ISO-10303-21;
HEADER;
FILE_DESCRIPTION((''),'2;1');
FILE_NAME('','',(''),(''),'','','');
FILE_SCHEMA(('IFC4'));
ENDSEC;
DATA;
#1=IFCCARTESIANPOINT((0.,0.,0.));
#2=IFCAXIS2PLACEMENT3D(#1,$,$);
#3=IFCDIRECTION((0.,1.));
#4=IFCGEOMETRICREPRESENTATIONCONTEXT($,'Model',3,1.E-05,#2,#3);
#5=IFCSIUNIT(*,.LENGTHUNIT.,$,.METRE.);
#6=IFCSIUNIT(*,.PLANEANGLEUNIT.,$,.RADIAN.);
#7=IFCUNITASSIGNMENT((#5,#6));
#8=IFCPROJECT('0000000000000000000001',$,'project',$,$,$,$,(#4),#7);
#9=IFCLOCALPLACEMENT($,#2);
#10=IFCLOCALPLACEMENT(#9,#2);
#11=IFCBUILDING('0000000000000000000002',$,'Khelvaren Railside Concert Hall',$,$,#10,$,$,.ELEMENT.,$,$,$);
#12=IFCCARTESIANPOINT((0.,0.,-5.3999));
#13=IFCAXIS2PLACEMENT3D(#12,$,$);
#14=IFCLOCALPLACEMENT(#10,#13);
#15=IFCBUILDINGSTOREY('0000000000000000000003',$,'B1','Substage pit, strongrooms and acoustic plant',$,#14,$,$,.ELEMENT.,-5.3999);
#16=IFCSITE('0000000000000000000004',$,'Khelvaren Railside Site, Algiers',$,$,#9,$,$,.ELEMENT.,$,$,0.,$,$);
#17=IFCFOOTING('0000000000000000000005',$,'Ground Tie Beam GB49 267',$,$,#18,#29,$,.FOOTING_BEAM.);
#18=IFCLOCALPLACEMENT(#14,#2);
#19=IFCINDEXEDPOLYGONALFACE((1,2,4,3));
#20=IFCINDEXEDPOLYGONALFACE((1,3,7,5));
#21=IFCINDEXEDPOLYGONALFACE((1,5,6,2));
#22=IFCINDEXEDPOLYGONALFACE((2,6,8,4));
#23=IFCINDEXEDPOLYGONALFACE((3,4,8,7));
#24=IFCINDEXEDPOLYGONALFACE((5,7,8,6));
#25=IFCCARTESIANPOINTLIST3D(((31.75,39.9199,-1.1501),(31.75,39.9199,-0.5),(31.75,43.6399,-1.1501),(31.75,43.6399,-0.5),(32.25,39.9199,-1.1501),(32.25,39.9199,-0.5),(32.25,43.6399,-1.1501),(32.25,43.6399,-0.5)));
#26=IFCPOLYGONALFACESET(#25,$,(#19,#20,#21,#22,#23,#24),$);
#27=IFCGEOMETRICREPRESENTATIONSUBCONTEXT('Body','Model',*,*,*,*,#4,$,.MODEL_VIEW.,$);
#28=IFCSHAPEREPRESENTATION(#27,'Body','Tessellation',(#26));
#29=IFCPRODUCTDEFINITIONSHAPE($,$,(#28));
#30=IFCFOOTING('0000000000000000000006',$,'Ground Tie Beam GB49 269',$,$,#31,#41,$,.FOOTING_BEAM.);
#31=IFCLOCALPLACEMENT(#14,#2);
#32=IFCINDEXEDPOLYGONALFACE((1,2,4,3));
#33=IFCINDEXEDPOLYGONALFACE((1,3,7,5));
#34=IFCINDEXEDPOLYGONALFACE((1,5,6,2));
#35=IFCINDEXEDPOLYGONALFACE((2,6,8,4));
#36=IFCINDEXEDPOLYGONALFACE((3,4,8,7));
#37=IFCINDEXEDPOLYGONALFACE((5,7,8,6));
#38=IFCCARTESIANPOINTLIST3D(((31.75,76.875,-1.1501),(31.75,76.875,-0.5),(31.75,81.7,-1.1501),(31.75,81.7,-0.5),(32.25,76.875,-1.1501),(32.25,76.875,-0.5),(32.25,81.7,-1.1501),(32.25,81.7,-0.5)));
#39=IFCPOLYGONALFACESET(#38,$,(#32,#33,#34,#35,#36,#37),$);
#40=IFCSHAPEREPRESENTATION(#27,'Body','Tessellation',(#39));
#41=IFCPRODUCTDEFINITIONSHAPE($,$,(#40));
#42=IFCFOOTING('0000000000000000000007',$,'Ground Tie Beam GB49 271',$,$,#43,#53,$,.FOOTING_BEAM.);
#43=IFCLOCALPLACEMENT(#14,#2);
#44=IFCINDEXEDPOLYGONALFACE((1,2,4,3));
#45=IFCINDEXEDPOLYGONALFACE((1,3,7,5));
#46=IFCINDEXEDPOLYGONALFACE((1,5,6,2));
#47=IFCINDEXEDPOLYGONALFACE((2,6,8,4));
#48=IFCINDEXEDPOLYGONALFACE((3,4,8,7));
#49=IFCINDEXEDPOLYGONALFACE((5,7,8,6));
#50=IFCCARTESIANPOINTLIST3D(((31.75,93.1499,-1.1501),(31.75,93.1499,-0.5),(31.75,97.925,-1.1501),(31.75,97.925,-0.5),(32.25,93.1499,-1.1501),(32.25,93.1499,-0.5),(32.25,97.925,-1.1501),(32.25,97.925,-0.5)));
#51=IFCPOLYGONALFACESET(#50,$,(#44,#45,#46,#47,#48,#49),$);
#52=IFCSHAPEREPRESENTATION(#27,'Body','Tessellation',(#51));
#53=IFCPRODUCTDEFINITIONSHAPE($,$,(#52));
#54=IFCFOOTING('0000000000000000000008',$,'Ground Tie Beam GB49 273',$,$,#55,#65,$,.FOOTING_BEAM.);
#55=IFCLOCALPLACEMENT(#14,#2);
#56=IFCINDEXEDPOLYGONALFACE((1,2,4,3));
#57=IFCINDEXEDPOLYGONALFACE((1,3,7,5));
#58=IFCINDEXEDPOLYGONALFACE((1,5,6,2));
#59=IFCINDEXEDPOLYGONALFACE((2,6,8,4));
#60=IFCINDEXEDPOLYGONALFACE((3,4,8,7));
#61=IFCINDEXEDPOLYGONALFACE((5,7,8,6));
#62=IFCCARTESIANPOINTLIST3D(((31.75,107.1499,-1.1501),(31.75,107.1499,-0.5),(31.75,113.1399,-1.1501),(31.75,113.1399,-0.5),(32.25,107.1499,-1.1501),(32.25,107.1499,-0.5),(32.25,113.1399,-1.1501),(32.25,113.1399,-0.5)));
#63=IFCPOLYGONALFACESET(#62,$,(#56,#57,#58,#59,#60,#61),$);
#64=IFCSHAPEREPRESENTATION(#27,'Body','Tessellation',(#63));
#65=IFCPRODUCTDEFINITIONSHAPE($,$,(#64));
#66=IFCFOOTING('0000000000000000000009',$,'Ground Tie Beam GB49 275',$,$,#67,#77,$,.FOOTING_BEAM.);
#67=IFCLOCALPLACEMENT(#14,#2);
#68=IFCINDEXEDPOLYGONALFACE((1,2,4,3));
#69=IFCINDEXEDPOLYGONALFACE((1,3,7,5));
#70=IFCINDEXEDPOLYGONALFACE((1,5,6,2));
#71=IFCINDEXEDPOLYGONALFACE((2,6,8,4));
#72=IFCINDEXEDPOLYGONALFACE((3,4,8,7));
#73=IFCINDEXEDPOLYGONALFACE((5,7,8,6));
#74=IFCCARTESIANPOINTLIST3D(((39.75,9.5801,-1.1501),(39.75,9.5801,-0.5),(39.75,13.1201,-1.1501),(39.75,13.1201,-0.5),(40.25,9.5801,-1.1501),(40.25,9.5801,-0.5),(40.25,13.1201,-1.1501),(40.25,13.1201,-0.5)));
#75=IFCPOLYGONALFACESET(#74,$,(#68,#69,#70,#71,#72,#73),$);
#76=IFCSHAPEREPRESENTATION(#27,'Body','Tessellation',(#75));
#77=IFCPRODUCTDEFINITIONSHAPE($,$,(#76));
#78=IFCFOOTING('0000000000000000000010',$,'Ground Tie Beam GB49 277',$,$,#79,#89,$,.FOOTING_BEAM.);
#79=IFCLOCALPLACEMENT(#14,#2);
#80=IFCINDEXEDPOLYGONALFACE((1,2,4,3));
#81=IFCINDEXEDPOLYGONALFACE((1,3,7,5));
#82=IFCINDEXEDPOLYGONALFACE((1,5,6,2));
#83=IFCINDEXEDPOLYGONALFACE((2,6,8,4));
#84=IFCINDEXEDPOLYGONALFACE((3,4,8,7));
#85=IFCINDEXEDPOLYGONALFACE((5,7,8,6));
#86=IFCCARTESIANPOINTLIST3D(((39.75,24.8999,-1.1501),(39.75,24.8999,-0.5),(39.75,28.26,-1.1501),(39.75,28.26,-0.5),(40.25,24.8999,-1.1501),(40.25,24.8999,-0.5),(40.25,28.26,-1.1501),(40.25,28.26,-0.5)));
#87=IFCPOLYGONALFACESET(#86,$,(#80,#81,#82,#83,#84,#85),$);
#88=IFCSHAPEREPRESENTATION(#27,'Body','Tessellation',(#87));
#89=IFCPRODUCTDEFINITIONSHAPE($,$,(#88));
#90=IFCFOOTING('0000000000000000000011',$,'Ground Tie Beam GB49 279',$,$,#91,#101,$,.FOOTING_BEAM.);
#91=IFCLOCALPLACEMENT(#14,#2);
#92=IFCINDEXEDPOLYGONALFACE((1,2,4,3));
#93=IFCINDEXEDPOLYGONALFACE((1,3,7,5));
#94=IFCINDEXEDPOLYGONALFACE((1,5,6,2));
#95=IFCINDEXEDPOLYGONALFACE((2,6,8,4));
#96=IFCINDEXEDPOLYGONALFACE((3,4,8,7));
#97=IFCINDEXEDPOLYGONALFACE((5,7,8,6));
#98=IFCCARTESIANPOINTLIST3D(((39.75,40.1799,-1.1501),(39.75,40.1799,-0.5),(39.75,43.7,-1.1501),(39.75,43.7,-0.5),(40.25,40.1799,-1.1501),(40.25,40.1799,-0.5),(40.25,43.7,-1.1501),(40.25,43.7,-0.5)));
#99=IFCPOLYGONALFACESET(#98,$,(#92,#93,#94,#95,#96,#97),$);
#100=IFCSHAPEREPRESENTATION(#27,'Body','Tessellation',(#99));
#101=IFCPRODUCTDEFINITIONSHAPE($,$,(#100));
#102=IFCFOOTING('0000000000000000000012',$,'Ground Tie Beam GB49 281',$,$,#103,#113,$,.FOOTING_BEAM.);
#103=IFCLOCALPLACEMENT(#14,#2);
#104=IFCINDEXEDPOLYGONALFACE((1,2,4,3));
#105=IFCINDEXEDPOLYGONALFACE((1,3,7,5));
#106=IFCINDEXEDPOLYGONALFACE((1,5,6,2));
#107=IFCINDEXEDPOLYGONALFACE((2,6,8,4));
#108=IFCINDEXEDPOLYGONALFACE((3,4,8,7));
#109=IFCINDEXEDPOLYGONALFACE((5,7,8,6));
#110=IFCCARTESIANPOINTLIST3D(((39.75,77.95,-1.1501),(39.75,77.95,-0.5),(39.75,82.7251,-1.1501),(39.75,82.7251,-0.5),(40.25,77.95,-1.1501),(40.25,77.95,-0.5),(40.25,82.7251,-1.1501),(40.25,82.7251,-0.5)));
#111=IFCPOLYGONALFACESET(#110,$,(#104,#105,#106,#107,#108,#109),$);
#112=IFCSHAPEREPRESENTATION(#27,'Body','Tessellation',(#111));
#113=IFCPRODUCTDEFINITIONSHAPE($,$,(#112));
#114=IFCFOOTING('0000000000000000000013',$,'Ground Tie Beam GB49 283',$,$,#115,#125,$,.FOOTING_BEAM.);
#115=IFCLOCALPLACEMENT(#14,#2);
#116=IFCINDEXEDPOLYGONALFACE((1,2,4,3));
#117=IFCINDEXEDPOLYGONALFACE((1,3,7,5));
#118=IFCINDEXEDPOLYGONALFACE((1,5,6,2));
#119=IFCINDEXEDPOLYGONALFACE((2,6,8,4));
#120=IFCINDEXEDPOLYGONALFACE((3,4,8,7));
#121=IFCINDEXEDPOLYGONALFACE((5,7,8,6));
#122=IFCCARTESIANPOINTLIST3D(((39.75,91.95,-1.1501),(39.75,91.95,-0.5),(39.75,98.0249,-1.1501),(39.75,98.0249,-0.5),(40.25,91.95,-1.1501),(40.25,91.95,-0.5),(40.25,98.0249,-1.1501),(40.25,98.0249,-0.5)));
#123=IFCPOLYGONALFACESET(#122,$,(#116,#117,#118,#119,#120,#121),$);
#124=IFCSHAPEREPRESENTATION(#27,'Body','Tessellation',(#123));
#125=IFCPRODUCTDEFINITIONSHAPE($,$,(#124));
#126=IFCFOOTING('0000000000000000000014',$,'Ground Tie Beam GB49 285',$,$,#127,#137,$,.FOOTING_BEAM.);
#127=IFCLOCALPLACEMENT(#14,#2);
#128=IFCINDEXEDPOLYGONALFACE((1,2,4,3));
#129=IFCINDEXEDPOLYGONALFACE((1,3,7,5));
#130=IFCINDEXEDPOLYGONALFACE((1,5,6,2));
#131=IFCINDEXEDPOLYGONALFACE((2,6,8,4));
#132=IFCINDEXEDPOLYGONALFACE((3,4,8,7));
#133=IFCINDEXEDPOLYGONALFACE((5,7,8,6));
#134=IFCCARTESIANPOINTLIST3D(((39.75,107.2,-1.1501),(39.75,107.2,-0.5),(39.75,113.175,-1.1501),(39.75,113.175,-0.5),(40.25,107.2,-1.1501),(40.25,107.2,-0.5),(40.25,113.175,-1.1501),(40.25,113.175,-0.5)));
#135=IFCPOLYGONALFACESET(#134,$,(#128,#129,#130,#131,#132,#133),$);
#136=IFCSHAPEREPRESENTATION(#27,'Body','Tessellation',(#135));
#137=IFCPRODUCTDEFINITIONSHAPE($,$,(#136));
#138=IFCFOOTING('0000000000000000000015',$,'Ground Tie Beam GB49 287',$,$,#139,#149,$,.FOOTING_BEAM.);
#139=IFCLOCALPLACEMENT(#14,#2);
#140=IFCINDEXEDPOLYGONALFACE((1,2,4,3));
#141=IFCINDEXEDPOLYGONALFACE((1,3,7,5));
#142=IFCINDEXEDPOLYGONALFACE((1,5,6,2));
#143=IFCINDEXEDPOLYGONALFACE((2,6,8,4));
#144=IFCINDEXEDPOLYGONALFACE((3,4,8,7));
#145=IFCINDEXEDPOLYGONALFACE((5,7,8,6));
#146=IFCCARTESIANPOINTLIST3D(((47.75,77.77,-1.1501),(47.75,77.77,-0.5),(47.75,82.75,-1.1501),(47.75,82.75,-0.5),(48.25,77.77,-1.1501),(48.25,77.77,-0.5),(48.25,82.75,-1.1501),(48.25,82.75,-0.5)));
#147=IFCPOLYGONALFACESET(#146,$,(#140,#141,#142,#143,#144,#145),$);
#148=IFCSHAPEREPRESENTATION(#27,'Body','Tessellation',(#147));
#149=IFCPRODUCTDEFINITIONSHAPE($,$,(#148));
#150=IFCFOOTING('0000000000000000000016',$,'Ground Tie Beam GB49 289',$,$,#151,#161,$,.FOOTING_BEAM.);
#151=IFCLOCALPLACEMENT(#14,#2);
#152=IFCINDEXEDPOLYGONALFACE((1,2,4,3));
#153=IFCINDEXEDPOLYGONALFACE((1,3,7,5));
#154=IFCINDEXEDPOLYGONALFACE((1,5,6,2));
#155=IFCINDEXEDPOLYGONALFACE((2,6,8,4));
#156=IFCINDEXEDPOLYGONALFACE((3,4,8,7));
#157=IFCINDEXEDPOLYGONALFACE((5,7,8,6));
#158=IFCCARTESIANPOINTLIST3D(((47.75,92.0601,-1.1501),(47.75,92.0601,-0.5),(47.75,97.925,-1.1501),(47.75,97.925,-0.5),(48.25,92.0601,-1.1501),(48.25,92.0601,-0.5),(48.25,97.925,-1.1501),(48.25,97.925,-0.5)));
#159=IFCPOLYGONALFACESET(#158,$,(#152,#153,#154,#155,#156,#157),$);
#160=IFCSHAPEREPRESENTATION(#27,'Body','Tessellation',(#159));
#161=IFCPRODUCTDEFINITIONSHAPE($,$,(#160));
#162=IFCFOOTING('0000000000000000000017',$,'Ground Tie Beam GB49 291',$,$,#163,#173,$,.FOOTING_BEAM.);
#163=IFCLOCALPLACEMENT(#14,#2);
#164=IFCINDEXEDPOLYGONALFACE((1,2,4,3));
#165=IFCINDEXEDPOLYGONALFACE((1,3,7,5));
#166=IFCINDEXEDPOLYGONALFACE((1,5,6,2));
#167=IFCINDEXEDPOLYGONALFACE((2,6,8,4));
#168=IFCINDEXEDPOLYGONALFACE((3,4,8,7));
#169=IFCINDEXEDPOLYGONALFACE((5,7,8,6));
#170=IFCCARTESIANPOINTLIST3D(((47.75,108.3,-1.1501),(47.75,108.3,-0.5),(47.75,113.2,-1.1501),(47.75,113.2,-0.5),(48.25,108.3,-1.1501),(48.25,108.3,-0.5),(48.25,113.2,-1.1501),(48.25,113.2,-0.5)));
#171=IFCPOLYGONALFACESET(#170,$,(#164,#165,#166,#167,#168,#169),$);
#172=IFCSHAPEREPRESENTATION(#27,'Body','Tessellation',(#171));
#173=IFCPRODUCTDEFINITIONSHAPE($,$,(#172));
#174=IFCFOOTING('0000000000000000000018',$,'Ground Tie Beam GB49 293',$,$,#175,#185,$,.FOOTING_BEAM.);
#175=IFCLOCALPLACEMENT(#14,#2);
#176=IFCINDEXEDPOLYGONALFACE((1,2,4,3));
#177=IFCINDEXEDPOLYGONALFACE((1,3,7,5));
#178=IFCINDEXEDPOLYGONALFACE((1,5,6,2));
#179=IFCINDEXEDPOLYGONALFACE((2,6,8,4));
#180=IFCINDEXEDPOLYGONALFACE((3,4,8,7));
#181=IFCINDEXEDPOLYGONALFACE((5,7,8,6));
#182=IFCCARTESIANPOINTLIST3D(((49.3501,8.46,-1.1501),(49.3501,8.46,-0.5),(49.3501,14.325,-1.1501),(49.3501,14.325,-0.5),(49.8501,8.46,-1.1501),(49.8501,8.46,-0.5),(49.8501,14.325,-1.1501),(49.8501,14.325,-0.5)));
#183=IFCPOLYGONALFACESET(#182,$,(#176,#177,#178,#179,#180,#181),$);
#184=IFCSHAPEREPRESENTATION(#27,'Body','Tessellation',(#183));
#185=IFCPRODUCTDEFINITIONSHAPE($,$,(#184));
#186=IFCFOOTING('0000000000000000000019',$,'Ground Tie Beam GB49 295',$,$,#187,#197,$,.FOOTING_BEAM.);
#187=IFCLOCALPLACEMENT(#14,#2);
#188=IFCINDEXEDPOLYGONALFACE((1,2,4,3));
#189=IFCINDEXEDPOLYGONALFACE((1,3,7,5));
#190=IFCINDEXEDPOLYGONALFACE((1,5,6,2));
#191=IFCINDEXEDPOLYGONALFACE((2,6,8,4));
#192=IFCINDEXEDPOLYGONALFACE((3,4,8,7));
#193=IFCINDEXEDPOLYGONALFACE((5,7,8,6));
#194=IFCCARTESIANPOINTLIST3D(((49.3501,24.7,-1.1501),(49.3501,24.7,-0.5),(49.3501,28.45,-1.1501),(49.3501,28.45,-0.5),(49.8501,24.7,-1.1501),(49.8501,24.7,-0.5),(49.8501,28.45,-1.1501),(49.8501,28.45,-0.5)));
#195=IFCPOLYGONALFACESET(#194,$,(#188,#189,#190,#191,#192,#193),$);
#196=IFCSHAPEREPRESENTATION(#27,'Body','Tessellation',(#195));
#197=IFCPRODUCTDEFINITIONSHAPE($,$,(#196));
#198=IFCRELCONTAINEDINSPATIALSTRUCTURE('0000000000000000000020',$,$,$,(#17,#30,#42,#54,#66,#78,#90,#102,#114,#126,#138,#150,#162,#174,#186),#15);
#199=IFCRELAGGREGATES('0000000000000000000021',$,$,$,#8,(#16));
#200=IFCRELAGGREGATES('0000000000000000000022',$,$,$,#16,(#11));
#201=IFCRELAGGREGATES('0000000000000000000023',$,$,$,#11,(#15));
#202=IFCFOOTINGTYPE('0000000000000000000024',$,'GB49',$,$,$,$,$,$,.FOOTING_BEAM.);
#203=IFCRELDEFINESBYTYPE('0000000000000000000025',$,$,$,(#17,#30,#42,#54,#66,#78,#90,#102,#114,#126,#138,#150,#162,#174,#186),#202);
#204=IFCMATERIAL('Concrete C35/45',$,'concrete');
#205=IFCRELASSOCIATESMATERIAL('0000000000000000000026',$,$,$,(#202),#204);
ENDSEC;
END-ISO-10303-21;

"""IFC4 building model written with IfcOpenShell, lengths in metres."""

from ifc_helpers import new_model, si_unit, direction, frame, origin, place, context, subcontext, project, spatial, polyline, outline, extrude, material, type_object, element, save


model = new_model("IFC4")

# Units and contexts
model_context = context("Model", 3, precision=1e-05, world=origin(), true_north=direction((0.0, 1.0)))
body_context = subcontext(model_context, "Body", "Model", "MODEL_VIEW")
ifc_project = project(units=[si_unit("LENGTHUNIT", "METRE"), si_unit("PLANEANGLEUNIT", "RADIAN")], contexts=[model_context])

# Site, building, storey
site_placement = place(None, origin())
site = spatial("IfcSite", under=ifc_project, at=site_placement, Name="Khelvaren Railside Site, Algiers", CompositionType="ELEMENT", RefElevation=0.0)
building_placement = place(site_placement, origin())
building = spatial("IfcBuilding", under=site, at=building_placement, Name="Khelvaren Railside Concert Hall", CompositionType="ELEMENT")
storey_placement = place(building_placement, frame((0.0, 0.0, -5.3999)))
storey = spatial("IfcBuildingStorey", under=building, at=storey_placement, Name="B1", Description="Substage pit, strongrooms and acoustic plant", CompositionType="ELEMENT", Elevation=-5.3999)

# Footings
ifc_material = material(Name="Concrete C35/45", Category="concrete")
footing_type = type_object("IfcFootingType", Name="GB49", PredefinedType="FOOTING_BEAM", material=ifc_material)
footing_1_placement = place(storey_placement, frame((0.0, 0.0, -1.1501)))
element("IfcFooting", 1, at=footing_1_placement, inside=storey, type_object=footing_type, Name="Ground Tie Beam GB49 267", PredefinedType="FOOTING_BEAM", context=body_context, shape_type="SweptSolid", body=[
    extrude(outline(polyline([(31.75, 39.9199), (32.25, 39.9199), (32.25, 43.6399), (31.75, 43.6399), (31.75, 39.9199)])), origin(), (0.0, 0.0, 1.0), 0.6501),
])
footing_2_placement = place(storey_placement, frame((0.0, 0.0, -1.1501)))
element("IfcFooting", 2, at=footing_2_placement, inside=storey, type_object=footing_type, Name="Ground Tie Beam GB49 269", PredefinedType="FOOTING_BEAM", context=body_context, shape_type="SweptSolid", body=[
    extrude(outline(polyline([(31.75, 76.875), (32.25, 76.875), (32.25, 81.7), (31.75, 81.7), (31.75, 76.875)])), origin(), (0.0, 0.0, 1.0), 0.6501),
])
footing_3_placement = place(storey_placement, frame((0.0, 0.0, -1.1501)))
element("IfcFooting", 3, at=footing_3_placement, inside=storey, type_object=footing_type, Name="Ground Tie Beam GB49 271", PredefinedType="FOOTING_BEAM", context=body_context, shape_type="SweptSolid", body=[
    extrude(outline(polyline([(31.75, 93.1499), (32.25, 93.1499), (32.25, 97.925), (31.75, 97.925), (31.75, 93.1499)])), origin(), (0.0, 0.0, 1.0), 0.6501),
])
footing_4_placement = place(storey_placement, frame((0.0, 0.0, -1.1501)))
element("IfcFooting", 4, at=footing_4_placement, inside=storey, type_object=footing_type, Name="Ground Tie Beam GB49 273", PredefinedType="FOOTING_BEAM", context=body_context, shape_type="SweptSolid", body=[
    extrude(outline(polyline([(31.75, 107.1499), (32.25, 107.1499), (32.25, 113.1399), (31.75, 113.1399), (31.75, 107.1499)])), origin(), (0.0, 0.0, 1.0), 0.6501),
])
footing_5_placement = place(storey_placement, frame((0.0, 0.0, -1.1501)))
element("IfcFooting", 5, at=footing_5_placement, inside=storey, type_object=footing_type, Name="Ground Tie Beam GB49 275", PredefinedType="FOOTING_BEAM", context=body_context, shape_type="SweptSolid", body=[
    extrude(outline(polyline([(39.75, 9.5801), (40.25, 9.5801), (40.25, 13.1201), (39.75, 13.1201), (39.75, 9.5801)])), origin(), (0.0, 0.0, 1.0), 0.6501),
])
footing_6_placement = place(storey_placement, frame((0.0, 0.0, -1.1501)))
element("IfcFooting", 6, at=footing_6_placement, inside=storey, type_object=footing_type, Name="Ground Tie Beam GB49 277", PredefinedType="FOOTING_BEAM", context=body_context, shape_type="SweptSolid", body=[
    extrude(outline(polyline([(39.75, 24.8999), (40.25, 24.8999), (40.25, 28.26), (39.75, 28.26), (39.75, 24.8999)])), origin(), (0.0, 0.0, 1.0), 0.6501),
])
footing_7_placement = place(storey_placement, frame((0.0, 0.0, -1.1501)))
element("IfcFooting", 7, at=footing_7_placement, inside=storey, type_object=footing_type, Name="Ground Tie Beam GB49 279", PredefinedType="FOOTING_BEAM", context=body_context, shape_type="SweptSolid", body=[
    extrude(outline(polyline([(39.75, 40.1799), (40.25, 40.1799), (40.25, 43.7), (39.75, 43.7), (39.75, 40.1799)])), origin(), (0.0, 0.0, 1.0), 0.6501),
])
footing_8_placement = place(storey_placement, frame((0.0, 0.0, -1.1501)))
element("IfcFooting", 8, at=footing_8_placement, inside=storey, type_object=footing_type, Name="Ground Tie Beam GB49 281", PredefinedType="FOOTING_BEAM", context=body_context, shape_type="SweptSolid", body=[
    extrude(outline(polyline([(39.75, 77.95), (40.25, 77.95), (40.25, 82.7251), (39.75, 82.7251), (39.75, 77.95)])), origin(), (0.0, 0.0, 1.0), 0.6501),
])
footing_9_placement = place(storey_placement, frame((0.0, 0.0, -1.1501)))
element("IfcFooting", 9, at=footing_9_placement, inside=storey, type_object=footing_type, Name="Ground Tie Beam GB49 283", PredefinedType="FOOTING_BEAM", context=body_context, shape_type="SweptSolid", body=[
    extrude(outline(polyline([(39.75, 91.95), (40.25, 91.95), (40.25, 98.0249), (39.75, 98.0249), (39.75, 91.95)])), origin(), (0.0, 0.0, 1.0), 0.6501),
])
footing_10_placement = place(storey_placement, frame((0.0, 0.0, -1.1501)))
element("IfcFooting", 10, at=footing_10_placement, inside=storey, type_object=footing_type, Name="Ground Tie Beam GB49 285", PredefinedType="FOOTING_BEAM", context=body_context, shape_type="SweptSolid", body=[
    extrude(outline(polyline([(39.75, 107.2), (40.25, 107.2), (40.25, 113.175), (39.75, 113.175), (39.75, 107.2)])), origin(), (0.0, 0.0, 1.0), 0.6501),
])
footing_11_placement = place(storey_placement, frame((0.0, 0.0, -1.1501)))
element("IfcFooting", 11, at=footing_11_placement, inside=storey, type_object=footing_type, Name="Ground Tie Beam GB49 287", PredefinedType="FOOTING_BEAM", context=body_context, shape_type="SweptSolid", body=[
    extrude(outline(polyline([(47.75, 77.77), (48.25, 77.77), (48.25, 82.75), (47.75, 82.75), (47.75, 77.77)])), origin(), (0.0, 0.0, 1.0), 0.6501),
])
footing_12_placement = place(storey_placement, frame((0.0, 0.0, -1.1501)))
element("IfcFooting", 12, at=footing_12_placement, inside=storey, type_object=footing_type, Name="Ground Tie Beam GB49 289", PredefinedType="FOOTING_BEAM", context=body_context, shape_type="SweptSolid", body=[
    extrude(outline(polyline([(47.75, 92.0601), (48.25, 92.0601), (48.25, 97.925), (47.75, 97.925), (47.75, 92.0601)])), origin(), (0.0, 0.0, 1.0), 0.6501),
])
footing_13_placement = place(storey_placement, frame((0.0, 0.0, -1.1501)))
element("IfcFooting", 13, at=footing_13_placement, inside=storey, type_object=footing_type, Name="Ground Tie Beam GB49 291", PredefinedType="FOOTING_BEAM", context=body_context, shape_type="SweptSolid", body=[
    extrude(outline(polyline([(47.75, 108.3), (48.25, 108.3), (48.25, 113.2), (47.75, 113.2), (47.75, 108.3)])), origin(), (0.0, 0.0, 1.0), 0.6501),
])
footing_14_placement = place(storey_placement, frame((0.0, 0.0, -1.1501)))
element("IfcFooting", 14, at=footing_14_placement, inside=storey, type_object=footing_type, Name="Ground Tie Beam GB49 293", PredefinedType="FOOTING_BEAM", context=body_context, shape_type="SweptSolid", body=[
    extrude(outline(polyline([(49.3501, 8.46), (49.8501, 8.46), (49.8501, 14.325), (49.3501, 14.325), (49.3501, 8.46)])), origin(), (0.0, 0.0, 1.0), 0.6501),
])
footing_15_placement = place(storey_placement, frame((0.0, 0.0, -1.1501)))
element("IfcFooting", 15, at=footing_15_placement, inside=storey, type_object=footing_type, Name="Ground Tie Beam GB49 295", PredefinedType="FOOTING_BEAM", context=body_context, shape_type="SweptSolid", body=[
    extrude(outline(polyline([(49.3501, 24.7), (49.8501, 24.7), (49.8501, 28.45), (49.3501, 28.45), (49.3501, 24.7)])), origin(), (0.0, 0.0, 1.0), 0.6501),
])

save(model, "model.ifc")
